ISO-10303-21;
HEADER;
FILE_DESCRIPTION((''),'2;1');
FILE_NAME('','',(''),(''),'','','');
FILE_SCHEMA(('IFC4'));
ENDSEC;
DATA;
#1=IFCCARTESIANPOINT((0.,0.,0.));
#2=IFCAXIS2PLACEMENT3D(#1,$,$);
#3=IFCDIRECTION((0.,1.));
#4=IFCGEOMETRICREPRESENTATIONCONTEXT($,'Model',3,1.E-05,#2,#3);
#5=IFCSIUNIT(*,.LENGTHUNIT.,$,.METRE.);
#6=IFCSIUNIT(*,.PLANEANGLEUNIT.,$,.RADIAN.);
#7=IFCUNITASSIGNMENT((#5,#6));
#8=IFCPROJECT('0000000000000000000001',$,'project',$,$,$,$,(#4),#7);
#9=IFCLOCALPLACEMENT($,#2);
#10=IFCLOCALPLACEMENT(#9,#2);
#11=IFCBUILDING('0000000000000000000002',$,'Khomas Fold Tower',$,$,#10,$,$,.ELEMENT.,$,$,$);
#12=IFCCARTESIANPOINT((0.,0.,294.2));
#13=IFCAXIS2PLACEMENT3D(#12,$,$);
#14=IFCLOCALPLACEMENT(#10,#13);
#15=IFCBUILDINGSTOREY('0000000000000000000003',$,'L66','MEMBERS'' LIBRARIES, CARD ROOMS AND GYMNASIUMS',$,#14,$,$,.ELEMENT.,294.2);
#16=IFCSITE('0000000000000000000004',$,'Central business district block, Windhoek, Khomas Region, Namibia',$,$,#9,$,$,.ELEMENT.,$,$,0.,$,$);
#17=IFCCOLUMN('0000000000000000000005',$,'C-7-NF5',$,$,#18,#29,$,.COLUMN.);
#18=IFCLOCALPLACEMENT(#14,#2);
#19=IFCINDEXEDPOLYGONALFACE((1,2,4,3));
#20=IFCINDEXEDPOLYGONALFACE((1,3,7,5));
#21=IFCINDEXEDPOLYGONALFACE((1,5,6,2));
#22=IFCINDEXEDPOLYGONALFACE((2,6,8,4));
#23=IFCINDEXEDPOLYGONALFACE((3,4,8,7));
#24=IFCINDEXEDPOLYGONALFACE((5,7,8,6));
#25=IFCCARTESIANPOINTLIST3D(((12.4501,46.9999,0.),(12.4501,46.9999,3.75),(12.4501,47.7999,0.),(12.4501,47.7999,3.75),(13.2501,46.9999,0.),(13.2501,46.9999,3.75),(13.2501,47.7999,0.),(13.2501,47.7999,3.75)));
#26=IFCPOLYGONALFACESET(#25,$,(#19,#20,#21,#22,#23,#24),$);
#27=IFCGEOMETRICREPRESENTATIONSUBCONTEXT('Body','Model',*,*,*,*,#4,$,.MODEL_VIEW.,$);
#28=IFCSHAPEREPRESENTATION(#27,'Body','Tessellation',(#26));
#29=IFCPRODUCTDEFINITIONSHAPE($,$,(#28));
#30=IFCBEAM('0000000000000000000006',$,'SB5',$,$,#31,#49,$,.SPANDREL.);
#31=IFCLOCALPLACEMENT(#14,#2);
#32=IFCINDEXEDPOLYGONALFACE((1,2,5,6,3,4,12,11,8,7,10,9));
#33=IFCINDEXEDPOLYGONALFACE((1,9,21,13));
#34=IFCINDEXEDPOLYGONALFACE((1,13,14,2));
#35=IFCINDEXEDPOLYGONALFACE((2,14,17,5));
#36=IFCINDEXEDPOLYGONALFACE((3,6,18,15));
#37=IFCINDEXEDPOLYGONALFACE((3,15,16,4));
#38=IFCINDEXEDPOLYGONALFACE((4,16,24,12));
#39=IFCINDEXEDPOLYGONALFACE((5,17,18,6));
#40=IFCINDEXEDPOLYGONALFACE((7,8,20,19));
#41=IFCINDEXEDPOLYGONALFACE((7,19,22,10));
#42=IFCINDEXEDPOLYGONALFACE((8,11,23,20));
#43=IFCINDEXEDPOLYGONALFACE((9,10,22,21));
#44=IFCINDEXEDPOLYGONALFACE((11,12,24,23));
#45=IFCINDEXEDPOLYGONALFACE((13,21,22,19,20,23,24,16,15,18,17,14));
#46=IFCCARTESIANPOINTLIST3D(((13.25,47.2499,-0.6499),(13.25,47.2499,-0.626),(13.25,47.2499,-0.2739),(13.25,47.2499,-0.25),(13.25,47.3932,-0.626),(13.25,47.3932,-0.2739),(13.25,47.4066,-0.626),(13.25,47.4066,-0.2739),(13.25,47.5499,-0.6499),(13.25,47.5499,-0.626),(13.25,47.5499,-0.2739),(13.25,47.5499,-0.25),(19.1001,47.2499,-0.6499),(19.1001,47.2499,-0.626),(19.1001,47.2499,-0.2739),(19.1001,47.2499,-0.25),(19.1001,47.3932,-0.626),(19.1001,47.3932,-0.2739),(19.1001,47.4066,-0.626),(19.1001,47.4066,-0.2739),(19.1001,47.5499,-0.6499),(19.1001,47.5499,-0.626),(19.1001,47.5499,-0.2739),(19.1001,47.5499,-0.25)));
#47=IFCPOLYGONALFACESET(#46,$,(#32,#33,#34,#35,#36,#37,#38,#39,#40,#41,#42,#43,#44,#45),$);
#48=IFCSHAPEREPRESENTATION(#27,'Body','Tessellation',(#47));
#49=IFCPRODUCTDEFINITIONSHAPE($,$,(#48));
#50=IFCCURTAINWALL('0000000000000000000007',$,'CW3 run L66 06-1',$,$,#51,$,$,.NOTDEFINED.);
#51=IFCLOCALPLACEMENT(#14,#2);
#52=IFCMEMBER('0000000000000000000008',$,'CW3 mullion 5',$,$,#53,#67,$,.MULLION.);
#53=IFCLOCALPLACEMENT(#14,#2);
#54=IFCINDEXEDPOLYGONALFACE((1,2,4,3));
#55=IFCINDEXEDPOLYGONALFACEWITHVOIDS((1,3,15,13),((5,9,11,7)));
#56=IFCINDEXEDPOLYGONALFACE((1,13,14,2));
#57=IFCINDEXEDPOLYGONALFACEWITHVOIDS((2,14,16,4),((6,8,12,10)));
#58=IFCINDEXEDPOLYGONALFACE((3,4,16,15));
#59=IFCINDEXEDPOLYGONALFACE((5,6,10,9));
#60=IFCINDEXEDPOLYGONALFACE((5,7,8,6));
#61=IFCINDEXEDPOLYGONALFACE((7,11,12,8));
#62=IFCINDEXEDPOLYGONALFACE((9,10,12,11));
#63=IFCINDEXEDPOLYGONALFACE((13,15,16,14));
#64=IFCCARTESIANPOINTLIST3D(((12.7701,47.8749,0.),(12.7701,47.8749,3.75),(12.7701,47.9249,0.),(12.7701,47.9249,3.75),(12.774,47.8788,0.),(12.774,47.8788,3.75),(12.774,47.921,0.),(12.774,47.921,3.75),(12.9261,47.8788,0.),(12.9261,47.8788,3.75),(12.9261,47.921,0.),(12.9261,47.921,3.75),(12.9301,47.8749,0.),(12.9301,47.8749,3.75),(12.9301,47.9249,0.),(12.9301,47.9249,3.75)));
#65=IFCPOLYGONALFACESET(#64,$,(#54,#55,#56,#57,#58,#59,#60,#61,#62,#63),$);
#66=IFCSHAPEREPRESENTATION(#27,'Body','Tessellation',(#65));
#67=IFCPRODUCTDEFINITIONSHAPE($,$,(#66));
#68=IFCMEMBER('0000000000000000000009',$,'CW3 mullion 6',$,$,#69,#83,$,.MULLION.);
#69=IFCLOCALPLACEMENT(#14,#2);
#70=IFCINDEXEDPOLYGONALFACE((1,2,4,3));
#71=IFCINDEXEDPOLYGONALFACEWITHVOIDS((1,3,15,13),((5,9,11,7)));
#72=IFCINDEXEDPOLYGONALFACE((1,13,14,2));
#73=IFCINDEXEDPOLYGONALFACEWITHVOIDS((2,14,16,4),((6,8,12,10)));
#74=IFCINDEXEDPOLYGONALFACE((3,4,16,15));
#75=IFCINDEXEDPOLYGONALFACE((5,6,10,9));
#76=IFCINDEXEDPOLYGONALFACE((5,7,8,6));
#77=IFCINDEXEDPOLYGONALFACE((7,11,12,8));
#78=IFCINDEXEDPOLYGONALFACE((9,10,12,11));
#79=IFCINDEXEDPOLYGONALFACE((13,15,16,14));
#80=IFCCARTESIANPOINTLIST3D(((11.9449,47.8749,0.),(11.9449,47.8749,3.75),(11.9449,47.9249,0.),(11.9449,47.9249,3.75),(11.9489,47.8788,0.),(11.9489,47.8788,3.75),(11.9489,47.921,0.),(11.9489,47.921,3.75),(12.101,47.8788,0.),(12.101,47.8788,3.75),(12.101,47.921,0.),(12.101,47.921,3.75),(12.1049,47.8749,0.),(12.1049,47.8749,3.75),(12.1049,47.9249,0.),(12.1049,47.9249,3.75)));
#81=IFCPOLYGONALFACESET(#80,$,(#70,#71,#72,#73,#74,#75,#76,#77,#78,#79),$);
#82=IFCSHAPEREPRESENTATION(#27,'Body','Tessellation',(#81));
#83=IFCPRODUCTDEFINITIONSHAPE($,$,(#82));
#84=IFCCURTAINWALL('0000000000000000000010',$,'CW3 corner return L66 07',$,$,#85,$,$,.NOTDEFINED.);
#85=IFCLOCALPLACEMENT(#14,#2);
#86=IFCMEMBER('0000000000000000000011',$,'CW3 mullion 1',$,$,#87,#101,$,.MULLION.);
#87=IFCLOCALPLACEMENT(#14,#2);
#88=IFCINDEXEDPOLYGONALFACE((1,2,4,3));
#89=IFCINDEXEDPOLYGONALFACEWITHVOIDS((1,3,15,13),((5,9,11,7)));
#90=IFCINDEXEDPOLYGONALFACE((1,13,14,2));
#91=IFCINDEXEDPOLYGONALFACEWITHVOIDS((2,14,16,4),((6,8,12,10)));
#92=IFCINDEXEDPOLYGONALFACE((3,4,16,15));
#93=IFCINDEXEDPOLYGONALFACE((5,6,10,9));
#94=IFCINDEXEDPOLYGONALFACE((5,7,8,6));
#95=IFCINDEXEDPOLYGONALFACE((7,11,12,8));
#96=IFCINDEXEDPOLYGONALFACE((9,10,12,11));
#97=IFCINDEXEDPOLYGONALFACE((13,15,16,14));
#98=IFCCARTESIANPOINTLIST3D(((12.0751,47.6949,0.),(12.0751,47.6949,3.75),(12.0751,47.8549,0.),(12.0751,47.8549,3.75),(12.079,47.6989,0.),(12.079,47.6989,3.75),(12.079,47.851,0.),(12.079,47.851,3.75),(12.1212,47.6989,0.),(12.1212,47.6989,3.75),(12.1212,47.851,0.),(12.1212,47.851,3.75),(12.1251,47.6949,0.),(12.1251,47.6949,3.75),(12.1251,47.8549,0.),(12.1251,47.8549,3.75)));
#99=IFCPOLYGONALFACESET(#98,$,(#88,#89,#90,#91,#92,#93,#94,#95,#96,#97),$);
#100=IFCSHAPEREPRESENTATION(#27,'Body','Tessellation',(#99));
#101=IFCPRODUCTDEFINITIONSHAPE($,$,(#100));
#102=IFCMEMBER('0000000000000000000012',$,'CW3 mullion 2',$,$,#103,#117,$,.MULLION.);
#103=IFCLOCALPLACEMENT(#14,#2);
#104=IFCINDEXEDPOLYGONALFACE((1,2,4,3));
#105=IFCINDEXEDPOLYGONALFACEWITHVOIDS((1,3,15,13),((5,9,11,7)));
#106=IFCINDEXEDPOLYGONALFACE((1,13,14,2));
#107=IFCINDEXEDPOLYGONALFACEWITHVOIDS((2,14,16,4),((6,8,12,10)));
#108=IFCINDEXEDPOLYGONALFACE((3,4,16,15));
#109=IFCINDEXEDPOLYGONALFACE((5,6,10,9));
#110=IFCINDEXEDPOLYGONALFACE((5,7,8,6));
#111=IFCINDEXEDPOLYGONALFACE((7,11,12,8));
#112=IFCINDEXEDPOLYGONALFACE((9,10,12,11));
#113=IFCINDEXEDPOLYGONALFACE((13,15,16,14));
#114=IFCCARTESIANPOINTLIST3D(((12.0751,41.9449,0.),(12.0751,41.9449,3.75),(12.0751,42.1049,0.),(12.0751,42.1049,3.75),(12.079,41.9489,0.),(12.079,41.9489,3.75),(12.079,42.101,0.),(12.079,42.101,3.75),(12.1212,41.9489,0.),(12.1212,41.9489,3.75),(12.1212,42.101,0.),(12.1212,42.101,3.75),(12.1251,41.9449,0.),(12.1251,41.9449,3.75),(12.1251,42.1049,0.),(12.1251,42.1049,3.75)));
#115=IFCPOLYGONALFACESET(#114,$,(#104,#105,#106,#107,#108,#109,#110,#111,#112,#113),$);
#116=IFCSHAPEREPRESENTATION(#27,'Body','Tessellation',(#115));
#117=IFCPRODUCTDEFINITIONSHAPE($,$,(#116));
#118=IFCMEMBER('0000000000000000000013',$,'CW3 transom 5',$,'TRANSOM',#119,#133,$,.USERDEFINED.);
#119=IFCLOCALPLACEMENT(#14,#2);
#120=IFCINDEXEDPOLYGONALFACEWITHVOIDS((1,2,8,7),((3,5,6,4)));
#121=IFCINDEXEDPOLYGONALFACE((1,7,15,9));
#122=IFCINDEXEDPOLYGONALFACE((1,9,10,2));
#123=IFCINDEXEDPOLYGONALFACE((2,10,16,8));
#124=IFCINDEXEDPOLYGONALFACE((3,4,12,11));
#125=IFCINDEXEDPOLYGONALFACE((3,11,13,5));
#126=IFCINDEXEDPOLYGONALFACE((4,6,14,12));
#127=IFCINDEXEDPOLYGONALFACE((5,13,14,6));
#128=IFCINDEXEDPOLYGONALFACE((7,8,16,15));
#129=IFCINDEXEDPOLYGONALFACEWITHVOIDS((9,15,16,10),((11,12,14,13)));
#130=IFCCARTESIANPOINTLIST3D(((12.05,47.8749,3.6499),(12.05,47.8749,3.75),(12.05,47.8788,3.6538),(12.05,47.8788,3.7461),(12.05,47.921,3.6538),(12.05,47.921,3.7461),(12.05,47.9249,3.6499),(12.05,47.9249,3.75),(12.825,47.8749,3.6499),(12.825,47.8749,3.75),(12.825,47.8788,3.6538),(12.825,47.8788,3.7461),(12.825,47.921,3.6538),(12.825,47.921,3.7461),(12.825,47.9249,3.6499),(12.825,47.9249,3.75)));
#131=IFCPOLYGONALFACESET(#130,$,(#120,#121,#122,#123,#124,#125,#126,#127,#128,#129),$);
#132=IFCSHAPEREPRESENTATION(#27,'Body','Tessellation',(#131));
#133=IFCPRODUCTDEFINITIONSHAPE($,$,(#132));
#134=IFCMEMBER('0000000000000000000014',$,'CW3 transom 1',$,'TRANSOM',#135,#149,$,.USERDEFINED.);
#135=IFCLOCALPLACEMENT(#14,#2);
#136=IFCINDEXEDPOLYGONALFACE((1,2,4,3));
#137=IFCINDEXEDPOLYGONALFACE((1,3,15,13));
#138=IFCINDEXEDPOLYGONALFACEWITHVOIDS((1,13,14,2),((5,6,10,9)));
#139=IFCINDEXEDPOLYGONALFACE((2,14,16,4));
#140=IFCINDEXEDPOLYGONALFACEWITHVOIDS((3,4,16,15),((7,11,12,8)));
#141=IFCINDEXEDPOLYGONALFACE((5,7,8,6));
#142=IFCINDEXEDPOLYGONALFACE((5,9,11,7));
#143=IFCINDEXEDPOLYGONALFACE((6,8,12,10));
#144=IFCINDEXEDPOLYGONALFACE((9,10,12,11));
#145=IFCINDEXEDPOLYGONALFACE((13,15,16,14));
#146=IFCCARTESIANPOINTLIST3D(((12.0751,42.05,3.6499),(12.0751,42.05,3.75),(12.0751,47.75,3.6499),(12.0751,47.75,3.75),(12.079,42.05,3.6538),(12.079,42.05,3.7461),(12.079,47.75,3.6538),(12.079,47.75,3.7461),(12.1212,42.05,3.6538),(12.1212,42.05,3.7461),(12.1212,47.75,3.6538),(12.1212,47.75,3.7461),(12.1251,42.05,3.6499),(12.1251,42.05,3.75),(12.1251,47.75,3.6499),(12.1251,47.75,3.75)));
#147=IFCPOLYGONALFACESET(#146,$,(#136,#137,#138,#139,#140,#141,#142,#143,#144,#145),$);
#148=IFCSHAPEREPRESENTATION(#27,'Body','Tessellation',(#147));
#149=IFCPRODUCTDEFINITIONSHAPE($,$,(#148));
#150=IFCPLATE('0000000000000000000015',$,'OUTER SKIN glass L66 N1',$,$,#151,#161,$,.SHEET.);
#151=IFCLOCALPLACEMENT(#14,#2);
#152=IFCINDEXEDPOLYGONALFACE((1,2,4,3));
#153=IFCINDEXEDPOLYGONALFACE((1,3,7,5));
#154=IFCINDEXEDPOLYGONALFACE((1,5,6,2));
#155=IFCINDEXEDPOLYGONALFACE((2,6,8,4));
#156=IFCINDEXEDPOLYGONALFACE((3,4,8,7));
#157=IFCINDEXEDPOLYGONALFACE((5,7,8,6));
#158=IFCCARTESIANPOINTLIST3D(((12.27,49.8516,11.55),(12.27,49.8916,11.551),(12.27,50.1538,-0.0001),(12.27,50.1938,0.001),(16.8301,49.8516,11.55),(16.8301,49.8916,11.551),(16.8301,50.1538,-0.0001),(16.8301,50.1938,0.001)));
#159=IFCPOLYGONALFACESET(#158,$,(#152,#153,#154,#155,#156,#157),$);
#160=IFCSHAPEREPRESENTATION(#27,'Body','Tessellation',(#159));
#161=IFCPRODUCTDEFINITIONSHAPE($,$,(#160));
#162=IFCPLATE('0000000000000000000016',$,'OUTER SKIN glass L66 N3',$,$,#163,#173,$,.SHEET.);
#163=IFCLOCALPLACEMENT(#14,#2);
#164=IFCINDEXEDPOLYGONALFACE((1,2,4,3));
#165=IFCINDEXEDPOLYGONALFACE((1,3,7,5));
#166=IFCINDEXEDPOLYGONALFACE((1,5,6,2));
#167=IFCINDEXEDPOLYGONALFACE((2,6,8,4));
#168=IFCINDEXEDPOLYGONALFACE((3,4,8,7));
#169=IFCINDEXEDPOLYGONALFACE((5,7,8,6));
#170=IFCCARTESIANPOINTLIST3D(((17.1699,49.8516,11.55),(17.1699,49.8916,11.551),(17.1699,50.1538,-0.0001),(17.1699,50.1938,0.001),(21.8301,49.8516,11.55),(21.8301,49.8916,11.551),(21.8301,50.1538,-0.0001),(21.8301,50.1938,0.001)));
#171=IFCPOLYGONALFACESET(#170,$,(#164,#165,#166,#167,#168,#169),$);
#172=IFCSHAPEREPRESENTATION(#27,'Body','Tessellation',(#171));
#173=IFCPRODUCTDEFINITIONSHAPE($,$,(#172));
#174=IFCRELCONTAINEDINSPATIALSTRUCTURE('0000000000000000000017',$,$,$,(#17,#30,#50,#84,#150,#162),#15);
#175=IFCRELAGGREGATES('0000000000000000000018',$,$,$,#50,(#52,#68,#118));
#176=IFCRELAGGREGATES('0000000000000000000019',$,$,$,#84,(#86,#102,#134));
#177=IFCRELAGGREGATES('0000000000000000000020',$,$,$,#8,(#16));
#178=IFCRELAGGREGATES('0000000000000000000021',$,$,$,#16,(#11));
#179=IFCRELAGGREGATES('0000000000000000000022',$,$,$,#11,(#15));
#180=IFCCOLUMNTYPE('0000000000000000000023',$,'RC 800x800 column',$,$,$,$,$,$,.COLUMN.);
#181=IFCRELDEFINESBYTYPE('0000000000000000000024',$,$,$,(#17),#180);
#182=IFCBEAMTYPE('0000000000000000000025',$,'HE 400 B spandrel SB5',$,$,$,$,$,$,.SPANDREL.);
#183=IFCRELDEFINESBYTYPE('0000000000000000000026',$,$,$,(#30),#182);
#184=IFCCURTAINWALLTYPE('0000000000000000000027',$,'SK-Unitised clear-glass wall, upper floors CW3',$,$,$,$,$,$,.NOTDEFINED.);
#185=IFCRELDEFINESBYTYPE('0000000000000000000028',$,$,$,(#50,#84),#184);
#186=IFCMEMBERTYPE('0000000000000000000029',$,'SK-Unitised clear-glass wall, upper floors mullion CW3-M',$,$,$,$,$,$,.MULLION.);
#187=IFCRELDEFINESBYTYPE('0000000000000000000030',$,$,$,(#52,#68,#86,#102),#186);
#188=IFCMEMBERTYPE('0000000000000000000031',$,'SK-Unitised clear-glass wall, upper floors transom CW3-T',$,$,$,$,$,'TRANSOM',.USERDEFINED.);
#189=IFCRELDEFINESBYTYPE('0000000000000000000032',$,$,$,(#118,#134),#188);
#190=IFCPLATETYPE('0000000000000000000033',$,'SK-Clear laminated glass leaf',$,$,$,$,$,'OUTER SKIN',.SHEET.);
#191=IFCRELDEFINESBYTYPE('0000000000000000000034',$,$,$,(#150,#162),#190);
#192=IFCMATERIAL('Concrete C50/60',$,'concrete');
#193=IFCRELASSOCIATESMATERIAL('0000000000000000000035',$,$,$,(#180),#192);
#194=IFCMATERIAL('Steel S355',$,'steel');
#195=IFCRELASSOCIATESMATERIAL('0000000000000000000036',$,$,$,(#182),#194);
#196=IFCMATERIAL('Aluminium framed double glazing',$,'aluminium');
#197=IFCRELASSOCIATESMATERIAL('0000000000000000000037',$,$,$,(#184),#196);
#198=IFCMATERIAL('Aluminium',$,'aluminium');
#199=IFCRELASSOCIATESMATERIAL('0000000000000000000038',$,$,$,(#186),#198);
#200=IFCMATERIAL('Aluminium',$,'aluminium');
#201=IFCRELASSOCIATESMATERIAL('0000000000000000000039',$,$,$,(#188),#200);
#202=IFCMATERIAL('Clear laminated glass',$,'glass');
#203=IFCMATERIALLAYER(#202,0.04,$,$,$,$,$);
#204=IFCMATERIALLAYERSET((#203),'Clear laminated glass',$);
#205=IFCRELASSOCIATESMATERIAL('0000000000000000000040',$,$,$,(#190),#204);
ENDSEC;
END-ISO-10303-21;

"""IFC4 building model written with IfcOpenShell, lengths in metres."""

from ifc_helpers import new_model, si_unit, direction, frame, origin, origin_2d, place, context, subcontext, project, spatial, polyline, rectangle, hollow_rectangle, i_section, outline, extrude, source, transform, mapped, material, layer, layer_set, material_profile, profile_set, type_object, element, aggregate, save


model = new_model("IFC4")

# Units and contexts
model_context = context("Model", 3, precision=1e-05, world=origin(), true_north=direction((0.0, 1.0)))
body_context = subcontext(model_context, "Body", "Model", "MODEL_VIEW")
ifc_project = project(units=[si_unit("LENGTHUNIT", "METRE"), si_unit("PLANEANGLEUNIT", "RADIAN")], contexts=[model_context])

# Site, building, storey
site_placement = place(None, origin())
site = spatial("IfcSite", under=ifc_project, at=site_placement, Name="Central business district block, Windhoek, Khomas Region, Namibia", CompositionType="ELEMENT", RefElevation=0.0)
building_placement = place(site_placement, origin())
building = spatial("IfcBuilding", under=site, at=building_placement, Name="Khomas Fold Tower", CompositionType="ELEMENT")
storey_placement = place(building_placement, frame((0.0, 0.0, 294.2)))
storey = spatial("IfcBuildingStorey", under=building, at=storey_placement, Name="L66", Description="MEMBERS' LIBRARIES, CARD ROOMS AND GYMNASIUMS", CompositionType="ELEMENT", Elevation=294.2)

# Column
ifc_material_1 = material(Name="Concrete C50/60", Category="concrete")
ifc_material_profile_1 = material_profile(ifc_material_1, rectangle(XDim=0.8, YDim=0.8, at=origin_2d()), Name="RC 800x800")
ifc_profile_set_1 = profile_set([ifc_material_profile_1], Name="Concrete C50/60")
column_type = type_object("IfcColumnType", Name="RC 800x800 column", PredefinedType="COLUMN", material=ifc_profile_set_1)
shared_shape_1 = source(origin(), body_context, "Body", "SweptSolid", [
    extrude(rectangle(XDim=0.8, YDim=0.8, at=origin_2d()), origin(), (0.0, 0.0, 1.0), 3.75),
])
column_placement = place(storey_placement, frame((12.8501, 47.3999, 0.0), z_axis=(0.0, 0.0, 1.0), x_axis=(1.0, 0.0, 0.0)))
element("IfcColumn", 1, at=column_placement, inside=storey, type_object=column_type, Name="C-7-NF5", PredefinedType="COLUMN", context=body_context, shape_type="MappedRepresentation", body=[
    mapped(shared_shape_1, transform((0.0, 0.0, 0.0))),
])

# Beam
ifc_material_2 = material(Name="Steel S355", Category="steel")
ifc_material_profile_2 = material_profile(ifc_material_2, i_section(OverallWidth=0.3, OverallDepth=0.3999, WebThickness=0.0134, FlangeThickness=0.0239, at=origin_2d()), Name="HE 400 B")
ifc_profile_set_2 = profile_set([ifc_material_profile_2], Name="Steel S355")
beam_type = type_object("IfcBeamType", Name="HE 400 B spandrel SB5", PredefinedType="SPANDREL", material=ifc_profile_set_2)
shared_shape_2 = source(origin(), body_context, "Body", "SweptSolid", [
    extrude(i_section(OverallWidth=0.3, OverallDepth=0.3999, WebThickness=0.0134, FlangeThickness=0.0239, at=origin_2d()), origin(), (0.0, 0.0, 1.0), 5.8501),
])
beam_placement = place(storey_placement, frame((13.25, 47.3999, -0.45), z_axis=(1.0, 0.0, 0.0), x_axis=(0.0, 1.0, 0.0)))
element("IfcBeam", 2, at=beam_placement, inside=storey, type_object=beam_type, Name="SB5", PredefinedType="SPANDREL", context=body_context, shape_type="MappedRepresentation", body=[
    mapped(shared_shape_2, transform((0.0, 0.0, 0.0))),
])

# Curtain walls, members
ifc_material_3 = material(Name="Aluminium framed double glazing", Category="aluminium")
curtain_wall_type = type_object("IfcCurtainWallType", Name="SK-Unitised clear-glass wall, upper floors CW3", PredefinedType="NOTDEFINED", material=ifc_material_3)
curtain_wall_1_placement = place(storey_placement, origin())
curtain_wall_1 = element("IfcCurtainWall", 3, at=curtain_wall_1_placement, inside=storey, type_object=curtain_wall_type, Name="CW3 run L66 06-1", PredefinedType="NOTDEFINED")
ifc_material_4 = material(Name="Aluminium", Category="aluminium")
ifc_material_profile_3 = material_profile(ifc_material_4, hollow_rectangle(XDim=0.05, YDim=0.1599, WallThickness=0.0039, at=origin_2d()), Name="SK-Unitised clear-glass wall, upper floors mullion CW3-M")
ifc_profile_set_3 = profile_set([ifc_material_profile_3], Name="Aluminium")
member_type_1 = type_object("IfcMemberType", Name="SK-Unitised clear-glass wall, upper floors mullion CW3-M", PredefinedType="MULLION", material=ifc_profile_set_3)
shared_shape_3 = source(origin(), body_context, "Body", "SweptSolid", [
    extrude(hollow_rectangle(XDim=0.05, YDim=0.1599, WallThickness=0.0039, at=origin_2d()), origin(), (0.0, 0.0, 1.0), 3.75),
])
member_1_placement = place(storey_placement, frame((12.8501, 47.8999, 0.0), z_axis=(0.0, 0.0, 1.0), x_axis=(0.0, -1.0, 0.0)))
member_1 = element("IfcMember", 4, at=member_1_placement, type_object=member_type_1, Name="CW3 mullion 5", PredefinedType="MULLION", context=body_context, shape_type="MappedRepresentation", body=[
    mapped(shared_shape_3, transform((0.0, 0.0, 0.0))),
])
member_2_placement = place(storey_placement, frame((12.0249, 47.8999, 0.0), z_axis=(0.0, 0.0, 1.0), x_axis=(0.0, -1.0, 0.0)))
member_2 = element("IfcMember", 5, at=member_2_placement, type_object=member_type_1, Name="CW3 mullion 6", PredefinedType="MULLION", context=body_context, shape_type="MappedRepresentation", body=[
    mapped(shared_shape_3, transform((0.0, 0.0, 0.0))),
])
curtain_wall_2_placement = place(storey_placement, origin())
curtain_wall_2 = element("IfcCurtainWall", 6, at=curtain_wall_2_placement, inside=storey, type_object=curtain_wall_type, Name="CW3 corner return L66 07", PredefinedType="NOTDEFINED")
member_3_placement = place(storey_placement, frame((12.1001, 47.7749, 0.0), z_axis=(0.0, 0.0, 1.0), x_axis=(1.0, 0.0, 0.0)))
member_3 = element("IfcMember", 7, at=member_3_placement, type_object=member_type_1, Name="CW3 mullion 1", PredefinedType="MULLION", context=body_context, shape_type="MappedRepresentation", body=[
    mapped(shared_shape_3, transform((0.0, 0.0, 0.0))),
])
member_4_placement = place(storey_placement, frame((12.1001, 42.0249, 0.0), z_axis=(0.0, 0.0, 1.0), x_axis=(1.0, 0.0, 0.0)))
member_4 = element("IfcMember", 8, at=member_4_placement, type_object=member_type_1, Name="CW3 mullion 2", PredefinedType="MULLION", context=body_context, shape_type="MappedRepresentation", body=[
    mapped(shared_shape_3, transform((0.0, 0.0, 0.0))),
])

# Members
ifc_material_5 = material(Name="Aluminium", Category="aluminium")
ifc_material_profile_4 = material_profile(ifc_material_5, hollow_rectangle(XDim=0.05, YDim=0.1001, WallThickness=0.0039, at=origin_2d()), Name="SK-Unitised clear-glass wall, upper floors transom CW3-T")
ifc_profile_set_4 = profile_set([ifc_material_profile_4], Name="Aluminium")
member_type_2 = type_object("IfcMemberType", Name="SK-Unitised clear-glass wall, upper floors transom CW3-T", ElementType="TRANSOM", PredefinedType="USERDEFINED", material=ifc_profile_set_4)
shared_shape_4 = source(origin(), body_context, "Body", "SweptSolid", [
    extrude(hollow_rectangle(XDim=0.05, YDim=0.1001, WallThickness=0.0039, at=origin_2d()), origin(), (0.0, 0.0, 1.0), 0.7749),
])
member_5_placement = place(storey_placement, frame((12.825, 47.8999, 3.7), z_axis=(-1.0, 0.0, 0.0), x_axis=(0.0, -1.0, 0.0)))
member_5 = element("IfcMember", 9, at=member_5_placement, type_object=member_type_2, Name="CW3 transom 5", ObjectType="TRANSOM", PredefinedType="USERDEFINED", context=body_context, shape_type="MappedRepresentation", body=[
    mapped(shared_shape_4, transform((0.0, 0.0, 0.0))),
])
shared_shape_5 = source(origin(), body_context, "Body", "SweptSolid", [
    extrude(hollow_rectangle(XDim=0.05, YDim=0.1001, WallThickness=0.0039, at=origin_2d()), origin(), (0.0, 0.0, 1.0), 5.7),
])
member_6_placement = place(storey_placement, frame((12.1001, 47.75, 3.7), z_axis=(0.0, -1.0, 0.0), x_axis=(1.0, 0.0, 0.0)))
member_6 = element("IfcMember", 10, at=member_6_placement, type_object=member_type_2, Name="CW3 transom 1", ObjectType="TRANSOM", PredefinedType="USERDEFINED", context=body_context, shape_type="MappedRepresentation", body=[
    mapped(shared_shape_5, transform((0.0, 0.0, 0.0))),
])

# Plates
ifc_material_6 = material(Name="Clear laminated glass", Category="glass")
ifc_layer_1 = layer(ifc_material_6, 0.04)
ifc_layer_set_1 = layer_set([ifc_layer_1], Name="Clear laminated glass")
plate_type_1 = type_object("IfcPlateType", Name="SK-Clear laminated glass leaf", ElementType="OUTER SKIN", PredefinedType="SHEET", material=ifc_layer_set_1)
plate_1_placement = place(storey_placement, frame((12.27, 50.1938, 0.001), z_axis=(0.0, 0.999658, 0.026159), x_axis=(1.0, 0.0, 0.0)))
element("IfcPlate", 11, at=plate_1_placement, inside=storey, type_object=plate_type_1, Name="OUTER SKIN glass L66 N1", PredefinedType="SHEET", context=body_context, shape_type="SweptSolid", body=[
    extrude(outline(polyline([(0.0, 0.0), (4.5601, 0.0), (4.5601, -11.554), (0.0, -11.554), (0.0, 0.0)])), origin(), (0.0, 0.0, -1.0), 0.04),
])
plate_2_placement = place(storey_placement, frame((17.1699, 50.1938, 0.001), z_axis=(0.0, 0.999658, 0.026159), x_axis=(1.0, 0.0, 0.0)))
element("IfcPlate", 12, at=plate_2_placement, inside=storey, type_object=plate_type_1, Name="OUTER SKIN glass L66 N3", PredefinedType="SHEET", context=body_context, shape_type="SweptSolid", body=[
    extrude(outline(polyline([(0.0, 0.0), (4.6602, 0.0), (4.6602, -11.554), (0.0, -11.554), (0.0, 0.0)])), origin(), (0.0, 0.0, -1.0), 0.04),
])

aggregate(curtain_wall_1, [member_1, member_2, member_5])
aggregate(curtain_wall_2, [member_3, member_4, member_6])

save(model, "model.ifc")
